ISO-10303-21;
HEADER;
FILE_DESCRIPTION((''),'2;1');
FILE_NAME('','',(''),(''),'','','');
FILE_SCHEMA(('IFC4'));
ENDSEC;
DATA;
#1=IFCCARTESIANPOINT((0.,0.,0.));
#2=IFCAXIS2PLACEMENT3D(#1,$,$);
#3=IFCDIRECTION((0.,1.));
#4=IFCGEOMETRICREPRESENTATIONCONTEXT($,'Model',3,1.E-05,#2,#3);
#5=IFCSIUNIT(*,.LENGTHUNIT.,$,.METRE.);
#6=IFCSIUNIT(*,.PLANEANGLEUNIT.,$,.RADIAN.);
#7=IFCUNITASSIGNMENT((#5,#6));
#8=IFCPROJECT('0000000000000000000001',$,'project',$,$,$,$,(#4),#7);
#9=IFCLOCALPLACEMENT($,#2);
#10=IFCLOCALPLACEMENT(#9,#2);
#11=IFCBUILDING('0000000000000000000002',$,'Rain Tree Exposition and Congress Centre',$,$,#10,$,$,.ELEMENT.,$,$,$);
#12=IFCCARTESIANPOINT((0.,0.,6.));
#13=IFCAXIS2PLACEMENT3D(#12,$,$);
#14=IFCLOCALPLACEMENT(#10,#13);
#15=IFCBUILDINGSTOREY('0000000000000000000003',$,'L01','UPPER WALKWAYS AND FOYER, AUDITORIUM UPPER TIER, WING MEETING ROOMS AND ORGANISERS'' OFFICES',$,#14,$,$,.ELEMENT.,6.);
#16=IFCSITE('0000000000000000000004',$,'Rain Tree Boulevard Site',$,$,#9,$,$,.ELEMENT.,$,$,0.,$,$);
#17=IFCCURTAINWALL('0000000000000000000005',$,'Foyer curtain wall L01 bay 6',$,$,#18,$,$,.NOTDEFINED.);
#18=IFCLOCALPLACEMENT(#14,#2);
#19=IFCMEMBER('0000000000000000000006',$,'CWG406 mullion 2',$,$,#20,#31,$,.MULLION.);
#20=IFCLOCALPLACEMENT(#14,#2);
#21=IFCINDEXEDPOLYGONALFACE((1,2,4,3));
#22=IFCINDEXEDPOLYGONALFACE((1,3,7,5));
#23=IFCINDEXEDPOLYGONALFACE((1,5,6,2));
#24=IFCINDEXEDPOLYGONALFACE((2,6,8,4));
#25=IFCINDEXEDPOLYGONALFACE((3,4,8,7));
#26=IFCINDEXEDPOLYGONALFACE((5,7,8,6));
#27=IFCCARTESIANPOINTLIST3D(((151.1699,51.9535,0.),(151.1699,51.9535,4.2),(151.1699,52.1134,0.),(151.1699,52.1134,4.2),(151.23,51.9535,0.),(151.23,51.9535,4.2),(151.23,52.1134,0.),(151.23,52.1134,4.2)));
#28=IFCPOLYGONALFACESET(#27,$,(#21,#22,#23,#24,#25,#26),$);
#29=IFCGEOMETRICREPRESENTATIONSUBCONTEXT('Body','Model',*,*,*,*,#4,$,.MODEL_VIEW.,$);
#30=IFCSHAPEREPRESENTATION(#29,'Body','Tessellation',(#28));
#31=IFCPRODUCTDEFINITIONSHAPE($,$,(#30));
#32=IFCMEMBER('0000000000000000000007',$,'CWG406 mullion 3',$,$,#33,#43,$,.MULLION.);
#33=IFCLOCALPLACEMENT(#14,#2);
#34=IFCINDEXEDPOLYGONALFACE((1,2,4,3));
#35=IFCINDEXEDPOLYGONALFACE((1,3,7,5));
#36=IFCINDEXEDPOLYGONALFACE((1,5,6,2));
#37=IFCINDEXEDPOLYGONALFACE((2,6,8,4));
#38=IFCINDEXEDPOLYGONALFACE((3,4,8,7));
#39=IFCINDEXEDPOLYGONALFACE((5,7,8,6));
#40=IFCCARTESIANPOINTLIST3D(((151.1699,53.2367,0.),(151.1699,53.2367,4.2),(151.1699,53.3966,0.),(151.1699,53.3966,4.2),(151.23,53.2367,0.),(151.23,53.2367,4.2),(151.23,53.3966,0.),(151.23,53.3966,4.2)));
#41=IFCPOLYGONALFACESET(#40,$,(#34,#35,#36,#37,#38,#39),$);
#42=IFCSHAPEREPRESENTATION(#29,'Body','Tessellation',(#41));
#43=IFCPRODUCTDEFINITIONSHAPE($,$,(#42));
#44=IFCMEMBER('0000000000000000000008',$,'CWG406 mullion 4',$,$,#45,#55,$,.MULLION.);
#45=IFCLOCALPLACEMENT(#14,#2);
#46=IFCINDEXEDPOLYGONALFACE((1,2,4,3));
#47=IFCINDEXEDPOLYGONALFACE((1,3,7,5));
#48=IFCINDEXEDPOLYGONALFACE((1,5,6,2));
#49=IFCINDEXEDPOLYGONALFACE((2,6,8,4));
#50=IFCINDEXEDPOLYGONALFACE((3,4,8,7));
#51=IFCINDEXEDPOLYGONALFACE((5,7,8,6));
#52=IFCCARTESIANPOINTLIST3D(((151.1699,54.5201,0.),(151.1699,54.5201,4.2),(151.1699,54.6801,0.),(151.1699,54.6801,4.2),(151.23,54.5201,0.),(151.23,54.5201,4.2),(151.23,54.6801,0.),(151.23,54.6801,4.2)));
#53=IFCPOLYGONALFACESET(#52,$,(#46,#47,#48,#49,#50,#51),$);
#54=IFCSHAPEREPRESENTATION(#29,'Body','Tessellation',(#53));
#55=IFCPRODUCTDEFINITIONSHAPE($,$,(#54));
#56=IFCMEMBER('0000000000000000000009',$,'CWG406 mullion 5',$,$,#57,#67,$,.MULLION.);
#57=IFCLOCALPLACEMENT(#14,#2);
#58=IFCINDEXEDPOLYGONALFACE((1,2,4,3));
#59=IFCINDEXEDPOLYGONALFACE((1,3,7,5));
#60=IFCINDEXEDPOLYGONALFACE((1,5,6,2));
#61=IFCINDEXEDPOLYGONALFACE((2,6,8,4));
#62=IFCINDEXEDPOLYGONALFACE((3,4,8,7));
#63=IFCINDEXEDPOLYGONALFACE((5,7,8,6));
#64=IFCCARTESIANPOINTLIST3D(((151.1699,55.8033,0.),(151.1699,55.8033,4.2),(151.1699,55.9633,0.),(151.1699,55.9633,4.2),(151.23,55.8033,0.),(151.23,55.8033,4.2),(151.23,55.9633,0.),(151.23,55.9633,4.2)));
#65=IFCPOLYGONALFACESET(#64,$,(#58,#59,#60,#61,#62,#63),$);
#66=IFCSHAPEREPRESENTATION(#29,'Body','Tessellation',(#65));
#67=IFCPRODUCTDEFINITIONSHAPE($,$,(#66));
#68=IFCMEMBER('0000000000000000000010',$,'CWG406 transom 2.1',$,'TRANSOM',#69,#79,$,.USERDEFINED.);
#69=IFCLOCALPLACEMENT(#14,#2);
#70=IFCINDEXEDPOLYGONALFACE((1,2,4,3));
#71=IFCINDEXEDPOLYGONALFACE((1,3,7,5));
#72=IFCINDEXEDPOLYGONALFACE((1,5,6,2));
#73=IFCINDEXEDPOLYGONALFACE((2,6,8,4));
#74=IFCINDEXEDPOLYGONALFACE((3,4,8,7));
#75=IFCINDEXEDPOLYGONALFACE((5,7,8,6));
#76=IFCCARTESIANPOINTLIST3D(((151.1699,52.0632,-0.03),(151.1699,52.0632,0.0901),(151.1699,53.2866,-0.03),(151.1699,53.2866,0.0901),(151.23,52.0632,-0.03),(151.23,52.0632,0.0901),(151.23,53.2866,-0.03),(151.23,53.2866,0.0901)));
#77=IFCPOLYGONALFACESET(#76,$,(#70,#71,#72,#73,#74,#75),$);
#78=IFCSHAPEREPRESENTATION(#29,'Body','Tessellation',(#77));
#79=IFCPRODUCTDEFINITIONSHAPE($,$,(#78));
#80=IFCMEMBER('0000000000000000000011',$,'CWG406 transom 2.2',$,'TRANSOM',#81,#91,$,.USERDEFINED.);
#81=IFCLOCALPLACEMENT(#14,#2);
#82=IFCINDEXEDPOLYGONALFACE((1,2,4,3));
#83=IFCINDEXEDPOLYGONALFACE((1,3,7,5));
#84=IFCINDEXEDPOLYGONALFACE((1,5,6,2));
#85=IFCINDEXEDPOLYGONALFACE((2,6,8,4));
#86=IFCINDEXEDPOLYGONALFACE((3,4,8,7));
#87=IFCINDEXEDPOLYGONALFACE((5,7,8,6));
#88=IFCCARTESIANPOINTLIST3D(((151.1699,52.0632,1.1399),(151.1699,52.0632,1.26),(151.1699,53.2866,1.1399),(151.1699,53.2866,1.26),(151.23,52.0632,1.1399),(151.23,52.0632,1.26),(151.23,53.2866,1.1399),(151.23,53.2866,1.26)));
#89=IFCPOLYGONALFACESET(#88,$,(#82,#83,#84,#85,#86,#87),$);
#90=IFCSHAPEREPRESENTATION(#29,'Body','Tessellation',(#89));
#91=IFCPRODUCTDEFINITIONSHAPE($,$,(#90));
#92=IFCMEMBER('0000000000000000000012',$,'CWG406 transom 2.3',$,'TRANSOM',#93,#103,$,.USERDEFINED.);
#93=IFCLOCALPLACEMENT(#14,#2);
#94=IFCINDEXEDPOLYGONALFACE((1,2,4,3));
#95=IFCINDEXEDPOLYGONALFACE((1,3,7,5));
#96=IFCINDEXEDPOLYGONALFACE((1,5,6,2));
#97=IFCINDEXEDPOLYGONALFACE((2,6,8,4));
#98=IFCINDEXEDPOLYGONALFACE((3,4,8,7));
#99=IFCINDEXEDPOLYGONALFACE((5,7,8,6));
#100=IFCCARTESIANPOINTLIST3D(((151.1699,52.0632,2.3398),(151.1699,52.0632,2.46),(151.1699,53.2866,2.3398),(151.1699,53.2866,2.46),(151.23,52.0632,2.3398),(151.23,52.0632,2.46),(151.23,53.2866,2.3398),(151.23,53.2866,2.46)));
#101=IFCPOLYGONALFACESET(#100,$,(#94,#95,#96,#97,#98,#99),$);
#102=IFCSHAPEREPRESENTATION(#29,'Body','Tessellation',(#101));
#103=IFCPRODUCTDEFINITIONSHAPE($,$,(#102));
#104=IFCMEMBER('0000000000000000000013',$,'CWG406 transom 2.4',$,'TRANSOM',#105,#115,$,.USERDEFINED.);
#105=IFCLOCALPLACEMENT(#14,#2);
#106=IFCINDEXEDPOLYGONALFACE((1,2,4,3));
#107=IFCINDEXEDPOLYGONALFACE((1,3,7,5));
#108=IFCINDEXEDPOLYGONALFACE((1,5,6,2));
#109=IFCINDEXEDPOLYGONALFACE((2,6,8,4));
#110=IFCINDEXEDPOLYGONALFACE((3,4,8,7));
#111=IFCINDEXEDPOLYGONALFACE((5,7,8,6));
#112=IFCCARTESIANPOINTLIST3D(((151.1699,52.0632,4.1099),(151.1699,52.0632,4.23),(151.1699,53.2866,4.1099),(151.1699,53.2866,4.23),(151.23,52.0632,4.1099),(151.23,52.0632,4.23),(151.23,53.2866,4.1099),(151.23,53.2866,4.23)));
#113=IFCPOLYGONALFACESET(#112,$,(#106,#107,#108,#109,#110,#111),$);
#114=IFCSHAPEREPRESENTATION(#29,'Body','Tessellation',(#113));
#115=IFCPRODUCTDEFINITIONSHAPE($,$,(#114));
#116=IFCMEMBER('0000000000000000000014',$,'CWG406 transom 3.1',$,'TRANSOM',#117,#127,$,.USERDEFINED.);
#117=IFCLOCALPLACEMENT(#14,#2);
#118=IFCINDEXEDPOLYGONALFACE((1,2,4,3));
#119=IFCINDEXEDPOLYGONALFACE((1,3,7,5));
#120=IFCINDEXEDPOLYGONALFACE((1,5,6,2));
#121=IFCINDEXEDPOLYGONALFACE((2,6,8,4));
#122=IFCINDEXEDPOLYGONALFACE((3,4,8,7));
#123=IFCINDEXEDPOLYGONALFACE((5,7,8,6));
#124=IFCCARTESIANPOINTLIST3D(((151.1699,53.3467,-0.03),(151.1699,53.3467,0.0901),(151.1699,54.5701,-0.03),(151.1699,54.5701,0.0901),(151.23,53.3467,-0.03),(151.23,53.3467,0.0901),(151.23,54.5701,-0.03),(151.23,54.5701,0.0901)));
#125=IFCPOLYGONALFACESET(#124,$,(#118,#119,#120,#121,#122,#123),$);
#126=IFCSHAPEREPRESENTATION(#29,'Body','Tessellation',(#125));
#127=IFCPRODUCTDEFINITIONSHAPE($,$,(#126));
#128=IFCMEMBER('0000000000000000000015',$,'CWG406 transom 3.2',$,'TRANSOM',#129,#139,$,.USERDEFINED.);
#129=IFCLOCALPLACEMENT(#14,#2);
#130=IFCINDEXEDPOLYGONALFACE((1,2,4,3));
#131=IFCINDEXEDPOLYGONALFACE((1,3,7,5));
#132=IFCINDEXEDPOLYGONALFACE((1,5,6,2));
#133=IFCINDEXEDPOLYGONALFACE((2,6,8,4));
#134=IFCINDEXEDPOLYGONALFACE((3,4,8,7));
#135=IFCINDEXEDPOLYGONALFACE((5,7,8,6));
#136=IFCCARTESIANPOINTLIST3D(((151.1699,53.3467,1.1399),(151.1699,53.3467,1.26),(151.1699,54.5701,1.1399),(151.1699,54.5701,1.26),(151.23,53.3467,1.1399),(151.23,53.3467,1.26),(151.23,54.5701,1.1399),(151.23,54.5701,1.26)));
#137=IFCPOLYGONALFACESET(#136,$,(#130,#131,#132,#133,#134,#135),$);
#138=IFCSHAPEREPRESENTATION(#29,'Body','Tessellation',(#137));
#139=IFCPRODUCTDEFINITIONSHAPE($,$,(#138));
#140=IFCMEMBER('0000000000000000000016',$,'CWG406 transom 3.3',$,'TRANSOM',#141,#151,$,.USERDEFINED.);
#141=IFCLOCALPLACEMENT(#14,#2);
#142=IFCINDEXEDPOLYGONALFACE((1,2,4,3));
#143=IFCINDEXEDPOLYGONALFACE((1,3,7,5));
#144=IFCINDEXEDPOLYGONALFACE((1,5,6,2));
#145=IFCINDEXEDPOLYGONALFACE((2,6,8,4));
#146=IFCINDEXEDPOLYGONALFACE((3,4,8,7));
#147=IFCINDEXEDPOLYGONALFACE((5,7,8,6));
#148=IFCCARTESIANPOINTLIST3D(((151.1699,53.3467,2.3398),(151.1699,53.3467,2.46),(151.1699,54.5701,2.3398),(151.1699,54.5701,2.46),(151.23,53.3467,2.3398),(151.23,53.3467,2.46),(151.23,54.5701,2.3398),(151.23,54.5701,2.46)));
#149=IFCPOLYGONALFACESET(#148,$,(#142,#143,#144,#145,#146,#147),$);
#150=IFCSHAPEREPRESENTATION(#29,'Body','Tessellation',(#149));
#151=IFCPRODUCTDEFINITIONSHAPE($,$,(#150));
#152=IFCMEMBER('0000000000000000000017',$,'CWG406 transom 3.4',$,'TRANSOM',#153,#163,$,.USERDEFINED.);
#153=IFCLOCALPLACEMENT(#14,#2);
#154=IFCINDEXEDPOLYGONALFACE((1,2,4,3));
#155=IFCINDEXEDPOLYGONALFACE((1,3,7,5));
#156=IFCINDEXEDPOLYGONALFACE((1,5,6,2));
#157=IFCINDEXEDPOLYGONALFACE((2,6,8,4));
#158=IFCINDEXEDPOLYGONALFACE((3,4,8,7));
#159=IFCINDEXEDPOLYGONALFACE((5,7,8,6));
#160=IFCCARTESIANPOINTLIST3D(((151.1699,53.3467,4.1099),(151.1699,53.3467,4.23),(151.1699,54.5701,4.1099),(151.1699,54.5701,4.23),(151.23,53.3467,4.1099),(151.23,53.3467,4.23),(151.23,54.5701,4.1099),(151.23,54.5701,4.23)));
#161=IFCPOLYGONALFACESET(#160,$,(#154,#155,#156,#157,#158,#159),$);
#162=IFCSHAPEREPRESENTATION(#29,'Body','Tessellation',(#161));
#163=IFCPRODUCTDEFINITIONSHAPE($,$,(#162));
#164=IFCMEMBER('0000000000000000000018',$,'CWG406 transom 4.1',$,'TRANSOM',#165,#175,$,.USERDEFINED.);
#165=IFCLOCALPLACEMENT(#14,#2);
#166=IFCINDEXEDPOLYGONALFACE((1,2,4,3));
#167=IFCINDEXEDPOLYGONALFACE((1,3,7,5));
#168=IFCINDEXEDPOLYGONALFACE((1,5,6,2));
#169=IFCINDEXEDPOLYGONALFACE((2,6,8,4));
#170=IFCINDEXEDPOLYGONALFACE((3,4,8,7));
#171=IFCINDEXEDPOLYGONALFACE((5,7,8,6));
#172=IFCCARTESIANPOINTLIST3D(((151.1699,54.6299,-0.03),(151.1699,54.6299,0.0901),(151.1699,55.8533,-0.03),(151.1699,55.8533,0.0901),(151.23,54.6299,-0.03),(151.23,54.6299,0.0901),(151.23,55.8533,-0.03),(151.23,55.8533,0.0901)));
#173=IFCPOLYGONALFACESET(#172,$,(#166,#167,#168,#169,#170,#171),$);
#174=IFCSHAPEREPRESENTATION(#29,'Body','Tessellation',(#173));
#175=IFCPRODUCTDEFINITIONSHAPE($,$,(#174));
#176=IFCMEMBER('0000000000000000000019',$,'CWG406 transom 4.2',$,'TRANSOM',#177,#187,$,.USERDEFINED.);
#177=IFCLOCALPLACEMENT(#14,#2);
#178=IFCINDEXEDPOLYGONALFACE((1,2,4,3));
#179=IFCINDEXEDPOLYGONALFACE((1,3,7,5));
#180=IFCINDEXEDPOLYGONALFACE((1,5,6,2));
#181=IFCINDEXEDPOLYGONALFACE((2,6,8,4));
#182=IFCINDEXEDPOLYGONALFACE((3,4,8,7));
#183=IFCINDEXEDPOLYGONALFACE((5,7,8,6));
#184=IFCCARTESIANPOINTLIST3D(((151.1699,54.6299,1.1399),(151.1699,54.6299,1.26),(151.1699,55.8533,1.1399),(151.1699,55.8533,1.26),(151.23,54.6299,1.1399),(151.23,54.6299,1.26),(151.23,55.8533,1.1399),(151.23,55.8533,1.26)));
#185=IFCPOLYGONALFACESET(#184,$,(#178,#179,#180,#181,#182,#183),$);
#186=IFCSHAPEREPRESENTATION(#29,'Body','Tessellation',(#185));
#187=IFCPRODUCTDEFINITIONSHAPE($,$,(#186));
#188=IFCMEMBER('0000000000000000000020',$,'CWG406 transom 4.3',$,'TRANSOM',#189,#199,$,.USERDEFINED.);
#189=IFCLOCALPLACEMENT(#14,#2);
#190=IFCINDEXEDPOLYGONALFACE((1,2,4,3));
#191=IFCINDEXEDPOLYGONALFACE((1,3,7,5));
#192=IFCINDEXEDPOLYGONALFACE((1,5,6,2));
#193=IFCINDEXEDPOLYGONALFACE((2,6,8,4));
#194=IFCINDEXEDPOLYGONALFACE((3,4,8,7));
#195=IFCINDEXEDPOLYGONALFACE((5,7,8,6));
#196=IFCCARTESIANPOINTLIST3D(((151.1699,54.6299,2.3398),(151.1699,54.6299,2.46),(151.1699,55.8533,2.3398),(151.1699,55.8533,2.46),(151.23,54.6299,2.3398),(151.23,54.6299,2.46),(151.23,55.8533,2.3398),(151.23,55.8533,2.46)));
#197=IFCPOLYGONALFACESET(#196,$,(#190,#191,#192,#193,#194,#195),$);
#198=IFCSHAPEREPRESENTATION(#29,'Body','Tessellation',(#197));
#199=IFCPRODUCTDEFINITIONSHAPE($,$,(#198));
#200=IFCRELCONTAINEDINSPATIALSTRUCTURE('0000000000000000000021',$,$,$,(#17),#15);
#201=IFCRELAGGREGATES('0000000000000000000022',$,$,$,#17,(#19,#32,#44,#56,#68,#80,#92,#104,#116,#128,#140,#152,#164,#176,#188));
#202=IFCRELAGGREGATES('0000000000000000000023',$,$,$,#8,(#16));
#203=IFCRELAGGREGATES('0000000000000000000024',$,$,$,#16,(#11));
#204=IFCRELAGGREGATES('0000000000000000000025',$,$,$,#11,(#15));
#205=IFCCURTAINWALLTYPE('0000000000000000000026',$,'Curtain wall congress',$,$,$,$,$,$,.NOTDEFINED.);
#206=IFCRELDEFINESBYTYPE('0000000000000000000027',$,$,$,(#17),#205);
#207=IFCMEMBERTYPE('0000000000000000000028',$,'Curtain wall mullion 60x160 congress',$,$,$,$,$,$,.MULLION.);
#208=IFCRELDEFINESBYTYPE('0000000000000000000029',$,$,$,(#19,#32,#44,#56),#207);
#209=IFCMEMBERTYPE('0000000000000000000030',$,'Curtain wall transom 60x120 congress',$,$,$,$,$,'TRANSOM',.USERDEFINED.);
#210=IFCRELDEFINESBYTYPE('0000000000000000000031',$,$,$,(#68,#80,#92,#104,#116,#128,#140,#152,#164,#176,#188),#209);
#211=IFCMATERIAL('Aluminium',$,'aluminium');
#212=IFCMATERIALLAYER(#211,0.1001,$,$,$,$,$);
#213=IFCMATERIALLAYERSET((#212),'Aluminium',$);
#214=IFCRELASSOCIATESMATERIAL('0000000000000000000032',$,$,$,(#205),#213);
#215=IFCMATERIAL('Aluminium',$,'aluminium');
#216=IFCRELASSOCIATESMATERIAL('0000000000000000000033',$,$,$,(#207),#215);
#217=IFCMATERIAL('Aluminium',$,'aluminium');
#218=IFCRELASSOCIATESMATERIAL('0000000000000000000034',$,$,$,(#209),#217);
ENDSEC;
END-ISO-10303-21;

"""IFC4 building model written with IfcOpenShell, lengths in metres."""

from ifc_helpers import new_model, si_unit, direction, frame, origin, origin_2d, place, context, subcontext, project, spatial, rectangle, extrude, material, layer, layer_set, material_profile, profile_set, type_object, element, aggregate, save


model = new_model("IFC4")

# Units and contexts
model_context = context("Model", 3, precision=1e-05, world=origin(), true_north=direction((0.0, 1.0)))
body_context = subcontext(model_context, "Body", "Model", "MODEL_VIEW")
ifc_project = project(units=[si_unit("LENGTHUNIT", "METRE"), si_unit("PLANEANGLEUNIT", "RADIAN")], contexts=[model_context])

# Site, building, storey
site_placement = place(None, origin())
site = spatial("IfcSite", under=ifc_project, at=site_placement, Name="Rain Tree Boulevard Site", CompositionType="ELEMENT", RefElevation=0.0)
building_placement = place(site_placement, origin())
building = spatial("IfcBuilding", under=site, at=building_placement, Name="Rain Tree Exposition and Congress Centre", CompositionType="ELEMENT")
storey_placement = place(building_placement, frame((0.0, 0.0, 6.0)))
storey = spatial("IfcBuildingStorey", under=building, at=storey_placement, Name="L01", Description="UPPER WALKWAYS AND FOYER, AUDITORIUM UPPER TIER, WING MEETING ROOMS AND ORGANISERS' OFFICES", CompositionType="ELEMENT", Elevation=6.0)

# Curtain wall, members
ifc_material_1 = material(Name="Aluminium", Category="aluminium")
ifc_layer_1 = layer(ifc_material_1, 0.1001)
ifc_layer_set_1 = layer_set([ifc_layer_1], Name="Aluminium")
curtain_wall_type = type_object("IfcCurtainWallType", Name="Curtain wall congress", PredefinedType="NOTDEFINED", material=ifc_layer_set_1)
curtain_wall_placement = place(storey_placement, origin())
curtain_wall = element("IfcCurtainWall", 1, at=curtain_wall_placement, inside=storey, type_object=curtain_wall_type, Name="Foyer curtain wall L01 bay 6", PredefinedType="NOTDEFINED")
ifc_material_2 = material(Name="Aluminium", Category="aluminium")
ifc_material_profile_1 = material_profile(ifc_material_2, rectangle(XDim=0.0601, YDim=0.1599, at=origin_2d()), Name="AL 60x160")
ifc_profile_set_1 = profile_set([ifc_material_profile_1], Name="Aluminium")
member_type_1 = type_object("IfcMemberType", Name="Curtain wall mullion 60x160 congress", PredefinedType="MULLION", material=ifc_profile_set_1)
member_1_placement = place(storey_placement, frame((151.2, 52.0334, 0.0), z_axis=(0.0, 0.0, 1.0), x_axis=(-1.0, 0.0, 0.0)))
member_1 = element("IfcMember", 2, at=member_1_placement, type_object=member_type_1, Name="CWG406 mullion 2", PredefinedType="MULLION", context=body_context, shape_type="SweptSolid", body=[
    extrude(rectangle(XDim=0.0601, YDim=0.1599, at=origin_2d()), origin(), (0.0, 0.0, 1.0), 4.2),
])
member_2_placement = place(storey_placement, frame((151.2, 53.3167, 0.0), z_axis=(0.0, 0.0, 1.0), x_axis=(-1.0, 0.0, 0.0)))
member_2 = element("IfcMember", 3, at=member_2_placement, type_object=member_type_1, Name="CWG406 mullion 3", PredefinedType="MULLION", context=body_context, shape_type="SweptSolid", body=[
    extrude(rectangle(XDim=0.0601, YDim=0.1599, at=origin_2d()), origin(), (0.0, 0.0, 1.0), 4.2),
])
member_3_placement = place(storey_placement, frame((151.2, 54.6001, 0.0), z_axis=(0.0, 0.0, 1.0), x_axis=(-1.0, 0.0, 0.0)))
member_3 = element("IfcMember", 4, at=member_3_placement, type_object=member_type_1, Name="CWG406 mullion 4", PredefinedType="MULLION", context=body_context, shape_type="SweptSolid", body=[
    extrude(rectangle(XDim=0.0601, YDim=0.1599, at=origin_2d()), origin(), (0.0, 0.0, 1.0), 4.2),
])
member_4_placement = place(storey_placement, frame((151.2, 55.8833, 0.0), z_axis=(0.0, 0.0, 1.0), x_axis=(-1.0, 0.0, 0.0)))
member_4 = element("IfcMember", 5, at=member_4_placement, type_object=member_type_1, Name="CWG406 mullion 5", PredefinedType="MULLION", context=body_context, shape_type="SweptSolid", body=[
    extrude(rectangle(XDim=0.0601, YDim=0.1599, at=origin_2d()), origin(), (0.0, 0.0, 1.0), 4.2),
])
ifc_material_3 = material(Name="Aluminium", Category="aluminium")
ifc_material_profile_2 = material_profile(ifc_material_3, rectangle(XDim=0.0601, YDim=0.1201, at=origin_2d()), Name="AL 60x120")
ifc_profile_set_2 = profile_set([ifc_material_profile_2], Name="Aluminium")
member_type_2 = type_object("IfcMemberType", Name="Curtain wall transom 60x120 congress", ElementType="TRANSOM", PredefinedType="USERDEFINED", material=ifc_profile_set_2)
member_5_placement = place(storey_placement, frame((151.2, 52.0632, 0.03), z_axis=(0.0, 1.0, 0.0), x_axis=(-1.0, 0.0, 0.0)))
member_5 = element("IfcMember", 6, at=member_5_placement, type_object=member_type_2, Name="CWG406 transom 2.1", ObjectType="TRANSOM", PredefinedType="USERDEFINED", context=body_context, shape_type="SweptSolid", body=[
    extrude(rectangle(XDim=0.0601, YDim=0.1201, at=origin_2d()), origin(), (0.0, 0.0, 1.0), 1.2234),
])
member_6_placement = place(storey_placement, frame((151.2, 52.0632, 1.2), z_axis=(0.0, 1.0, 0.0), x_axis=(-1.0, 0.0, 0.0)))
member_6 = element("IfcMember", 7, at=member_6_placement, type_object=member_type_2, Name="CWG406 transom 2.2", ObjectType="TRANSOM", PredefinedType="USERDEFINED", context=body_context, shape_type="SweptSolid", body=[
    extrude(rectangle(XDim=0.0601, YDim=0.1201, at=origin_2d()), origin(), (0.0, 0.0, 1.0), 1.2234),
])
member_7_placement = place(storey_placement, frame((151.2, 52.0632, 2.3999), z_axis=(0.0, 1.0, 0.0), x_axis=(-1.0, 0.0, 0.0)))
member_7 = element("IfcMember", 8, at=member_7_placement, type_object=member_type_2, Name="CWG406 transom 2.3", ObjectType="TRANSOM", PredefinedType="USERDEFINED", context=body_context, shape_type="SweptSolid", body=[
    extrude(rectangle(XDim=0.0601, YDim=0.1201, at=origin_2d()), origin(), (0.0, 0.0, 1.0), 1.2234),
])
member_8_placement = place(storey_placement, frame((151.2, 52.0632, 4.1699), z_axis=(0.0, 1.0, 0.0), x_axis=(-1.0, 0.0, 0.0)))
member_8 = element("IfcMember", 9, at=member_8_placement, type_object=member_type_2, Name="CWG406 transom 2.4", ObjectType="TRANSOM", PredefinedType="USERDEFINED", context=body_context, shape_type="SweptSolid", body=[
    extrude(rectangle(XDim=0.0601, YDim=0.1201, at=origin_2d()), origin(), (0.0, 0.0, 1.0), 1.2234),
])
member_9_placement = place(storey_placement, frame((151.2, 53.3467, 0.03), z_axis=(0.0, 1.0, 0.0), x_axis=(-1.0, 0.0, 0.0)))
member_9 = element("IfcMember", 10, at=member_9_placement, type_object=member_type_2, Name="CWG406 transom 3.1", ObjectType="TRANSOM", PredefinedType="USERDEFINED", context=body_context, shape_type="SweptSolid", body=[
    extrude(rectangle(XDim=0.0601, YDim=0.1201, at=origin_2d()), origin(), (0.0, 0.0, 1.0), 1.2234),
])
member_10_placement = place(storey_placement, frame((151.2, 53.3467, 1.2), z_axis=(0.0, 1.0, 0.0), x_axis=(-1.0, 0.0, 0.0)))
member_10 = element("IfcMember", 11, at=member_10_placement, type_object=member_type_2, Name="CWG406 transom 3.2", ObjectType="TRANSOM", PredefinedType="USERDEFINED", context=body_context, shape_type="SweptSolid", body=[
    extrude(rectangle(XDim=0.0601, YDim=0.1201, at=origin_2d()), origin(), (0.0, 0.0, 1.0), 1.2234),
])
member_11_placement = place(storey_placement, frame((151.2, 53.3467, 2.3999), z_axis=(0.0, 1.0, 0.0), x_axis=(-1.0, 0.0, 0.0)))
member_11 = element("IfcMember", 12, at=member_11_placement, type_object=member_type_2, Name="CWG406 transom 3.3", ObjectType="TRANSOM", PredefinedType="USERDEFINED", context=body_context, shape_type="SweptSolid", body=[
    extrude(rectangle(XDim=0.0601, YDim=0.1201, at=origin_2d()), origin(), (0.0, 0.0, 1.0), 1.2234),
])
member_12_placement = place(storey_placement, frame((151.2, 53.3467, 4.1699), z_axis=(0.0, 1.0, 0.0), x_axis=(-1.0, 0.0, 0.0)))
member_12 = element("IfcMember", 13, at=member_12_placement, type_object=member_type_2, Name="CWG406 transom 3.4", ObjectType="TRANSOM", PredefinedType="USERDEFINED", context=body_context, shape_type="SweptSolid", body=[
    extrude(rectangle(XDim=0.0601, YDim=0.1201, at=origin_2d()), origin(), (0.0, 0.0, 1.0), 1.2234),
])
member_13_placement = place(storey_placement, frame((151.2, 54.6299, 0.03), z_axis=(0.0, 1.0, 0.0), x_axis=(-1.0, 0.0, 0.0)))
member_13 = element("IfcMember", 14, at=member_13_placement, type_object=member_type_2, Name="CWG406 transom 4.1", ObjectType="TRANSOM", PredefinedType="USERDEFINED", context=body_context, shape_type="SweptSolid", body=[
    extrude(rectangle(XDim=0.0601, YDim=0.1201, at=origin_2d()), origin(), (0.0, 0.0, 1.0), 1.2234),
])
member_14_placement = place(storey_placement, frame((151.2, 54.6299, 1.2), z_axis=(0.0, 1.0, 0.0), x_axis=(-1.0, 0.0, 0.0)))
member_14 = element("IfcMember", 15, at=member_14_placement, type_object=member_type_2, Name="CWG406 transom 4.2", ObjectType="TRANSOM", PredefinedType="USERDEFINED", context=body_context, shape_type="SweptSolid", body=[
    extrude(rectangle(XDim=0.0601, YDim=0.1201, at=origin_2d()), origin(), (0.0, 0.0, 1.0), 1.2234),
])
member_15_placement = place(storey_placement, frame((151.2, 54.6299, 2.3999), z_axis=(0.0, 1.0, 0.0), x_axis=(-1.0, 0.0, 0.0)))
member_15 = element("IfcMember", 16, at=member_15_placement, type_object=member_type_2, Name="CWG406 transom 4.3", ObjectType="TRANSOM", PredefinedType="USERDEFINED", context=body_context, shape_type="SweptSolid", body=[
    extrude(rectangle(XDim=0.0601, YDim=0.1201, at=origin_2d()), origin(), (0.0, 0.0, 1.0), 1.2234),
])

aggregate(curtain_wall, [member_1, member_2, member_3, member_4, member_5, member_6, member_7, member_8, member_9, member_10, member_11, member_12, member_13, member_14, member_15])

save(model, "model.ifc")
